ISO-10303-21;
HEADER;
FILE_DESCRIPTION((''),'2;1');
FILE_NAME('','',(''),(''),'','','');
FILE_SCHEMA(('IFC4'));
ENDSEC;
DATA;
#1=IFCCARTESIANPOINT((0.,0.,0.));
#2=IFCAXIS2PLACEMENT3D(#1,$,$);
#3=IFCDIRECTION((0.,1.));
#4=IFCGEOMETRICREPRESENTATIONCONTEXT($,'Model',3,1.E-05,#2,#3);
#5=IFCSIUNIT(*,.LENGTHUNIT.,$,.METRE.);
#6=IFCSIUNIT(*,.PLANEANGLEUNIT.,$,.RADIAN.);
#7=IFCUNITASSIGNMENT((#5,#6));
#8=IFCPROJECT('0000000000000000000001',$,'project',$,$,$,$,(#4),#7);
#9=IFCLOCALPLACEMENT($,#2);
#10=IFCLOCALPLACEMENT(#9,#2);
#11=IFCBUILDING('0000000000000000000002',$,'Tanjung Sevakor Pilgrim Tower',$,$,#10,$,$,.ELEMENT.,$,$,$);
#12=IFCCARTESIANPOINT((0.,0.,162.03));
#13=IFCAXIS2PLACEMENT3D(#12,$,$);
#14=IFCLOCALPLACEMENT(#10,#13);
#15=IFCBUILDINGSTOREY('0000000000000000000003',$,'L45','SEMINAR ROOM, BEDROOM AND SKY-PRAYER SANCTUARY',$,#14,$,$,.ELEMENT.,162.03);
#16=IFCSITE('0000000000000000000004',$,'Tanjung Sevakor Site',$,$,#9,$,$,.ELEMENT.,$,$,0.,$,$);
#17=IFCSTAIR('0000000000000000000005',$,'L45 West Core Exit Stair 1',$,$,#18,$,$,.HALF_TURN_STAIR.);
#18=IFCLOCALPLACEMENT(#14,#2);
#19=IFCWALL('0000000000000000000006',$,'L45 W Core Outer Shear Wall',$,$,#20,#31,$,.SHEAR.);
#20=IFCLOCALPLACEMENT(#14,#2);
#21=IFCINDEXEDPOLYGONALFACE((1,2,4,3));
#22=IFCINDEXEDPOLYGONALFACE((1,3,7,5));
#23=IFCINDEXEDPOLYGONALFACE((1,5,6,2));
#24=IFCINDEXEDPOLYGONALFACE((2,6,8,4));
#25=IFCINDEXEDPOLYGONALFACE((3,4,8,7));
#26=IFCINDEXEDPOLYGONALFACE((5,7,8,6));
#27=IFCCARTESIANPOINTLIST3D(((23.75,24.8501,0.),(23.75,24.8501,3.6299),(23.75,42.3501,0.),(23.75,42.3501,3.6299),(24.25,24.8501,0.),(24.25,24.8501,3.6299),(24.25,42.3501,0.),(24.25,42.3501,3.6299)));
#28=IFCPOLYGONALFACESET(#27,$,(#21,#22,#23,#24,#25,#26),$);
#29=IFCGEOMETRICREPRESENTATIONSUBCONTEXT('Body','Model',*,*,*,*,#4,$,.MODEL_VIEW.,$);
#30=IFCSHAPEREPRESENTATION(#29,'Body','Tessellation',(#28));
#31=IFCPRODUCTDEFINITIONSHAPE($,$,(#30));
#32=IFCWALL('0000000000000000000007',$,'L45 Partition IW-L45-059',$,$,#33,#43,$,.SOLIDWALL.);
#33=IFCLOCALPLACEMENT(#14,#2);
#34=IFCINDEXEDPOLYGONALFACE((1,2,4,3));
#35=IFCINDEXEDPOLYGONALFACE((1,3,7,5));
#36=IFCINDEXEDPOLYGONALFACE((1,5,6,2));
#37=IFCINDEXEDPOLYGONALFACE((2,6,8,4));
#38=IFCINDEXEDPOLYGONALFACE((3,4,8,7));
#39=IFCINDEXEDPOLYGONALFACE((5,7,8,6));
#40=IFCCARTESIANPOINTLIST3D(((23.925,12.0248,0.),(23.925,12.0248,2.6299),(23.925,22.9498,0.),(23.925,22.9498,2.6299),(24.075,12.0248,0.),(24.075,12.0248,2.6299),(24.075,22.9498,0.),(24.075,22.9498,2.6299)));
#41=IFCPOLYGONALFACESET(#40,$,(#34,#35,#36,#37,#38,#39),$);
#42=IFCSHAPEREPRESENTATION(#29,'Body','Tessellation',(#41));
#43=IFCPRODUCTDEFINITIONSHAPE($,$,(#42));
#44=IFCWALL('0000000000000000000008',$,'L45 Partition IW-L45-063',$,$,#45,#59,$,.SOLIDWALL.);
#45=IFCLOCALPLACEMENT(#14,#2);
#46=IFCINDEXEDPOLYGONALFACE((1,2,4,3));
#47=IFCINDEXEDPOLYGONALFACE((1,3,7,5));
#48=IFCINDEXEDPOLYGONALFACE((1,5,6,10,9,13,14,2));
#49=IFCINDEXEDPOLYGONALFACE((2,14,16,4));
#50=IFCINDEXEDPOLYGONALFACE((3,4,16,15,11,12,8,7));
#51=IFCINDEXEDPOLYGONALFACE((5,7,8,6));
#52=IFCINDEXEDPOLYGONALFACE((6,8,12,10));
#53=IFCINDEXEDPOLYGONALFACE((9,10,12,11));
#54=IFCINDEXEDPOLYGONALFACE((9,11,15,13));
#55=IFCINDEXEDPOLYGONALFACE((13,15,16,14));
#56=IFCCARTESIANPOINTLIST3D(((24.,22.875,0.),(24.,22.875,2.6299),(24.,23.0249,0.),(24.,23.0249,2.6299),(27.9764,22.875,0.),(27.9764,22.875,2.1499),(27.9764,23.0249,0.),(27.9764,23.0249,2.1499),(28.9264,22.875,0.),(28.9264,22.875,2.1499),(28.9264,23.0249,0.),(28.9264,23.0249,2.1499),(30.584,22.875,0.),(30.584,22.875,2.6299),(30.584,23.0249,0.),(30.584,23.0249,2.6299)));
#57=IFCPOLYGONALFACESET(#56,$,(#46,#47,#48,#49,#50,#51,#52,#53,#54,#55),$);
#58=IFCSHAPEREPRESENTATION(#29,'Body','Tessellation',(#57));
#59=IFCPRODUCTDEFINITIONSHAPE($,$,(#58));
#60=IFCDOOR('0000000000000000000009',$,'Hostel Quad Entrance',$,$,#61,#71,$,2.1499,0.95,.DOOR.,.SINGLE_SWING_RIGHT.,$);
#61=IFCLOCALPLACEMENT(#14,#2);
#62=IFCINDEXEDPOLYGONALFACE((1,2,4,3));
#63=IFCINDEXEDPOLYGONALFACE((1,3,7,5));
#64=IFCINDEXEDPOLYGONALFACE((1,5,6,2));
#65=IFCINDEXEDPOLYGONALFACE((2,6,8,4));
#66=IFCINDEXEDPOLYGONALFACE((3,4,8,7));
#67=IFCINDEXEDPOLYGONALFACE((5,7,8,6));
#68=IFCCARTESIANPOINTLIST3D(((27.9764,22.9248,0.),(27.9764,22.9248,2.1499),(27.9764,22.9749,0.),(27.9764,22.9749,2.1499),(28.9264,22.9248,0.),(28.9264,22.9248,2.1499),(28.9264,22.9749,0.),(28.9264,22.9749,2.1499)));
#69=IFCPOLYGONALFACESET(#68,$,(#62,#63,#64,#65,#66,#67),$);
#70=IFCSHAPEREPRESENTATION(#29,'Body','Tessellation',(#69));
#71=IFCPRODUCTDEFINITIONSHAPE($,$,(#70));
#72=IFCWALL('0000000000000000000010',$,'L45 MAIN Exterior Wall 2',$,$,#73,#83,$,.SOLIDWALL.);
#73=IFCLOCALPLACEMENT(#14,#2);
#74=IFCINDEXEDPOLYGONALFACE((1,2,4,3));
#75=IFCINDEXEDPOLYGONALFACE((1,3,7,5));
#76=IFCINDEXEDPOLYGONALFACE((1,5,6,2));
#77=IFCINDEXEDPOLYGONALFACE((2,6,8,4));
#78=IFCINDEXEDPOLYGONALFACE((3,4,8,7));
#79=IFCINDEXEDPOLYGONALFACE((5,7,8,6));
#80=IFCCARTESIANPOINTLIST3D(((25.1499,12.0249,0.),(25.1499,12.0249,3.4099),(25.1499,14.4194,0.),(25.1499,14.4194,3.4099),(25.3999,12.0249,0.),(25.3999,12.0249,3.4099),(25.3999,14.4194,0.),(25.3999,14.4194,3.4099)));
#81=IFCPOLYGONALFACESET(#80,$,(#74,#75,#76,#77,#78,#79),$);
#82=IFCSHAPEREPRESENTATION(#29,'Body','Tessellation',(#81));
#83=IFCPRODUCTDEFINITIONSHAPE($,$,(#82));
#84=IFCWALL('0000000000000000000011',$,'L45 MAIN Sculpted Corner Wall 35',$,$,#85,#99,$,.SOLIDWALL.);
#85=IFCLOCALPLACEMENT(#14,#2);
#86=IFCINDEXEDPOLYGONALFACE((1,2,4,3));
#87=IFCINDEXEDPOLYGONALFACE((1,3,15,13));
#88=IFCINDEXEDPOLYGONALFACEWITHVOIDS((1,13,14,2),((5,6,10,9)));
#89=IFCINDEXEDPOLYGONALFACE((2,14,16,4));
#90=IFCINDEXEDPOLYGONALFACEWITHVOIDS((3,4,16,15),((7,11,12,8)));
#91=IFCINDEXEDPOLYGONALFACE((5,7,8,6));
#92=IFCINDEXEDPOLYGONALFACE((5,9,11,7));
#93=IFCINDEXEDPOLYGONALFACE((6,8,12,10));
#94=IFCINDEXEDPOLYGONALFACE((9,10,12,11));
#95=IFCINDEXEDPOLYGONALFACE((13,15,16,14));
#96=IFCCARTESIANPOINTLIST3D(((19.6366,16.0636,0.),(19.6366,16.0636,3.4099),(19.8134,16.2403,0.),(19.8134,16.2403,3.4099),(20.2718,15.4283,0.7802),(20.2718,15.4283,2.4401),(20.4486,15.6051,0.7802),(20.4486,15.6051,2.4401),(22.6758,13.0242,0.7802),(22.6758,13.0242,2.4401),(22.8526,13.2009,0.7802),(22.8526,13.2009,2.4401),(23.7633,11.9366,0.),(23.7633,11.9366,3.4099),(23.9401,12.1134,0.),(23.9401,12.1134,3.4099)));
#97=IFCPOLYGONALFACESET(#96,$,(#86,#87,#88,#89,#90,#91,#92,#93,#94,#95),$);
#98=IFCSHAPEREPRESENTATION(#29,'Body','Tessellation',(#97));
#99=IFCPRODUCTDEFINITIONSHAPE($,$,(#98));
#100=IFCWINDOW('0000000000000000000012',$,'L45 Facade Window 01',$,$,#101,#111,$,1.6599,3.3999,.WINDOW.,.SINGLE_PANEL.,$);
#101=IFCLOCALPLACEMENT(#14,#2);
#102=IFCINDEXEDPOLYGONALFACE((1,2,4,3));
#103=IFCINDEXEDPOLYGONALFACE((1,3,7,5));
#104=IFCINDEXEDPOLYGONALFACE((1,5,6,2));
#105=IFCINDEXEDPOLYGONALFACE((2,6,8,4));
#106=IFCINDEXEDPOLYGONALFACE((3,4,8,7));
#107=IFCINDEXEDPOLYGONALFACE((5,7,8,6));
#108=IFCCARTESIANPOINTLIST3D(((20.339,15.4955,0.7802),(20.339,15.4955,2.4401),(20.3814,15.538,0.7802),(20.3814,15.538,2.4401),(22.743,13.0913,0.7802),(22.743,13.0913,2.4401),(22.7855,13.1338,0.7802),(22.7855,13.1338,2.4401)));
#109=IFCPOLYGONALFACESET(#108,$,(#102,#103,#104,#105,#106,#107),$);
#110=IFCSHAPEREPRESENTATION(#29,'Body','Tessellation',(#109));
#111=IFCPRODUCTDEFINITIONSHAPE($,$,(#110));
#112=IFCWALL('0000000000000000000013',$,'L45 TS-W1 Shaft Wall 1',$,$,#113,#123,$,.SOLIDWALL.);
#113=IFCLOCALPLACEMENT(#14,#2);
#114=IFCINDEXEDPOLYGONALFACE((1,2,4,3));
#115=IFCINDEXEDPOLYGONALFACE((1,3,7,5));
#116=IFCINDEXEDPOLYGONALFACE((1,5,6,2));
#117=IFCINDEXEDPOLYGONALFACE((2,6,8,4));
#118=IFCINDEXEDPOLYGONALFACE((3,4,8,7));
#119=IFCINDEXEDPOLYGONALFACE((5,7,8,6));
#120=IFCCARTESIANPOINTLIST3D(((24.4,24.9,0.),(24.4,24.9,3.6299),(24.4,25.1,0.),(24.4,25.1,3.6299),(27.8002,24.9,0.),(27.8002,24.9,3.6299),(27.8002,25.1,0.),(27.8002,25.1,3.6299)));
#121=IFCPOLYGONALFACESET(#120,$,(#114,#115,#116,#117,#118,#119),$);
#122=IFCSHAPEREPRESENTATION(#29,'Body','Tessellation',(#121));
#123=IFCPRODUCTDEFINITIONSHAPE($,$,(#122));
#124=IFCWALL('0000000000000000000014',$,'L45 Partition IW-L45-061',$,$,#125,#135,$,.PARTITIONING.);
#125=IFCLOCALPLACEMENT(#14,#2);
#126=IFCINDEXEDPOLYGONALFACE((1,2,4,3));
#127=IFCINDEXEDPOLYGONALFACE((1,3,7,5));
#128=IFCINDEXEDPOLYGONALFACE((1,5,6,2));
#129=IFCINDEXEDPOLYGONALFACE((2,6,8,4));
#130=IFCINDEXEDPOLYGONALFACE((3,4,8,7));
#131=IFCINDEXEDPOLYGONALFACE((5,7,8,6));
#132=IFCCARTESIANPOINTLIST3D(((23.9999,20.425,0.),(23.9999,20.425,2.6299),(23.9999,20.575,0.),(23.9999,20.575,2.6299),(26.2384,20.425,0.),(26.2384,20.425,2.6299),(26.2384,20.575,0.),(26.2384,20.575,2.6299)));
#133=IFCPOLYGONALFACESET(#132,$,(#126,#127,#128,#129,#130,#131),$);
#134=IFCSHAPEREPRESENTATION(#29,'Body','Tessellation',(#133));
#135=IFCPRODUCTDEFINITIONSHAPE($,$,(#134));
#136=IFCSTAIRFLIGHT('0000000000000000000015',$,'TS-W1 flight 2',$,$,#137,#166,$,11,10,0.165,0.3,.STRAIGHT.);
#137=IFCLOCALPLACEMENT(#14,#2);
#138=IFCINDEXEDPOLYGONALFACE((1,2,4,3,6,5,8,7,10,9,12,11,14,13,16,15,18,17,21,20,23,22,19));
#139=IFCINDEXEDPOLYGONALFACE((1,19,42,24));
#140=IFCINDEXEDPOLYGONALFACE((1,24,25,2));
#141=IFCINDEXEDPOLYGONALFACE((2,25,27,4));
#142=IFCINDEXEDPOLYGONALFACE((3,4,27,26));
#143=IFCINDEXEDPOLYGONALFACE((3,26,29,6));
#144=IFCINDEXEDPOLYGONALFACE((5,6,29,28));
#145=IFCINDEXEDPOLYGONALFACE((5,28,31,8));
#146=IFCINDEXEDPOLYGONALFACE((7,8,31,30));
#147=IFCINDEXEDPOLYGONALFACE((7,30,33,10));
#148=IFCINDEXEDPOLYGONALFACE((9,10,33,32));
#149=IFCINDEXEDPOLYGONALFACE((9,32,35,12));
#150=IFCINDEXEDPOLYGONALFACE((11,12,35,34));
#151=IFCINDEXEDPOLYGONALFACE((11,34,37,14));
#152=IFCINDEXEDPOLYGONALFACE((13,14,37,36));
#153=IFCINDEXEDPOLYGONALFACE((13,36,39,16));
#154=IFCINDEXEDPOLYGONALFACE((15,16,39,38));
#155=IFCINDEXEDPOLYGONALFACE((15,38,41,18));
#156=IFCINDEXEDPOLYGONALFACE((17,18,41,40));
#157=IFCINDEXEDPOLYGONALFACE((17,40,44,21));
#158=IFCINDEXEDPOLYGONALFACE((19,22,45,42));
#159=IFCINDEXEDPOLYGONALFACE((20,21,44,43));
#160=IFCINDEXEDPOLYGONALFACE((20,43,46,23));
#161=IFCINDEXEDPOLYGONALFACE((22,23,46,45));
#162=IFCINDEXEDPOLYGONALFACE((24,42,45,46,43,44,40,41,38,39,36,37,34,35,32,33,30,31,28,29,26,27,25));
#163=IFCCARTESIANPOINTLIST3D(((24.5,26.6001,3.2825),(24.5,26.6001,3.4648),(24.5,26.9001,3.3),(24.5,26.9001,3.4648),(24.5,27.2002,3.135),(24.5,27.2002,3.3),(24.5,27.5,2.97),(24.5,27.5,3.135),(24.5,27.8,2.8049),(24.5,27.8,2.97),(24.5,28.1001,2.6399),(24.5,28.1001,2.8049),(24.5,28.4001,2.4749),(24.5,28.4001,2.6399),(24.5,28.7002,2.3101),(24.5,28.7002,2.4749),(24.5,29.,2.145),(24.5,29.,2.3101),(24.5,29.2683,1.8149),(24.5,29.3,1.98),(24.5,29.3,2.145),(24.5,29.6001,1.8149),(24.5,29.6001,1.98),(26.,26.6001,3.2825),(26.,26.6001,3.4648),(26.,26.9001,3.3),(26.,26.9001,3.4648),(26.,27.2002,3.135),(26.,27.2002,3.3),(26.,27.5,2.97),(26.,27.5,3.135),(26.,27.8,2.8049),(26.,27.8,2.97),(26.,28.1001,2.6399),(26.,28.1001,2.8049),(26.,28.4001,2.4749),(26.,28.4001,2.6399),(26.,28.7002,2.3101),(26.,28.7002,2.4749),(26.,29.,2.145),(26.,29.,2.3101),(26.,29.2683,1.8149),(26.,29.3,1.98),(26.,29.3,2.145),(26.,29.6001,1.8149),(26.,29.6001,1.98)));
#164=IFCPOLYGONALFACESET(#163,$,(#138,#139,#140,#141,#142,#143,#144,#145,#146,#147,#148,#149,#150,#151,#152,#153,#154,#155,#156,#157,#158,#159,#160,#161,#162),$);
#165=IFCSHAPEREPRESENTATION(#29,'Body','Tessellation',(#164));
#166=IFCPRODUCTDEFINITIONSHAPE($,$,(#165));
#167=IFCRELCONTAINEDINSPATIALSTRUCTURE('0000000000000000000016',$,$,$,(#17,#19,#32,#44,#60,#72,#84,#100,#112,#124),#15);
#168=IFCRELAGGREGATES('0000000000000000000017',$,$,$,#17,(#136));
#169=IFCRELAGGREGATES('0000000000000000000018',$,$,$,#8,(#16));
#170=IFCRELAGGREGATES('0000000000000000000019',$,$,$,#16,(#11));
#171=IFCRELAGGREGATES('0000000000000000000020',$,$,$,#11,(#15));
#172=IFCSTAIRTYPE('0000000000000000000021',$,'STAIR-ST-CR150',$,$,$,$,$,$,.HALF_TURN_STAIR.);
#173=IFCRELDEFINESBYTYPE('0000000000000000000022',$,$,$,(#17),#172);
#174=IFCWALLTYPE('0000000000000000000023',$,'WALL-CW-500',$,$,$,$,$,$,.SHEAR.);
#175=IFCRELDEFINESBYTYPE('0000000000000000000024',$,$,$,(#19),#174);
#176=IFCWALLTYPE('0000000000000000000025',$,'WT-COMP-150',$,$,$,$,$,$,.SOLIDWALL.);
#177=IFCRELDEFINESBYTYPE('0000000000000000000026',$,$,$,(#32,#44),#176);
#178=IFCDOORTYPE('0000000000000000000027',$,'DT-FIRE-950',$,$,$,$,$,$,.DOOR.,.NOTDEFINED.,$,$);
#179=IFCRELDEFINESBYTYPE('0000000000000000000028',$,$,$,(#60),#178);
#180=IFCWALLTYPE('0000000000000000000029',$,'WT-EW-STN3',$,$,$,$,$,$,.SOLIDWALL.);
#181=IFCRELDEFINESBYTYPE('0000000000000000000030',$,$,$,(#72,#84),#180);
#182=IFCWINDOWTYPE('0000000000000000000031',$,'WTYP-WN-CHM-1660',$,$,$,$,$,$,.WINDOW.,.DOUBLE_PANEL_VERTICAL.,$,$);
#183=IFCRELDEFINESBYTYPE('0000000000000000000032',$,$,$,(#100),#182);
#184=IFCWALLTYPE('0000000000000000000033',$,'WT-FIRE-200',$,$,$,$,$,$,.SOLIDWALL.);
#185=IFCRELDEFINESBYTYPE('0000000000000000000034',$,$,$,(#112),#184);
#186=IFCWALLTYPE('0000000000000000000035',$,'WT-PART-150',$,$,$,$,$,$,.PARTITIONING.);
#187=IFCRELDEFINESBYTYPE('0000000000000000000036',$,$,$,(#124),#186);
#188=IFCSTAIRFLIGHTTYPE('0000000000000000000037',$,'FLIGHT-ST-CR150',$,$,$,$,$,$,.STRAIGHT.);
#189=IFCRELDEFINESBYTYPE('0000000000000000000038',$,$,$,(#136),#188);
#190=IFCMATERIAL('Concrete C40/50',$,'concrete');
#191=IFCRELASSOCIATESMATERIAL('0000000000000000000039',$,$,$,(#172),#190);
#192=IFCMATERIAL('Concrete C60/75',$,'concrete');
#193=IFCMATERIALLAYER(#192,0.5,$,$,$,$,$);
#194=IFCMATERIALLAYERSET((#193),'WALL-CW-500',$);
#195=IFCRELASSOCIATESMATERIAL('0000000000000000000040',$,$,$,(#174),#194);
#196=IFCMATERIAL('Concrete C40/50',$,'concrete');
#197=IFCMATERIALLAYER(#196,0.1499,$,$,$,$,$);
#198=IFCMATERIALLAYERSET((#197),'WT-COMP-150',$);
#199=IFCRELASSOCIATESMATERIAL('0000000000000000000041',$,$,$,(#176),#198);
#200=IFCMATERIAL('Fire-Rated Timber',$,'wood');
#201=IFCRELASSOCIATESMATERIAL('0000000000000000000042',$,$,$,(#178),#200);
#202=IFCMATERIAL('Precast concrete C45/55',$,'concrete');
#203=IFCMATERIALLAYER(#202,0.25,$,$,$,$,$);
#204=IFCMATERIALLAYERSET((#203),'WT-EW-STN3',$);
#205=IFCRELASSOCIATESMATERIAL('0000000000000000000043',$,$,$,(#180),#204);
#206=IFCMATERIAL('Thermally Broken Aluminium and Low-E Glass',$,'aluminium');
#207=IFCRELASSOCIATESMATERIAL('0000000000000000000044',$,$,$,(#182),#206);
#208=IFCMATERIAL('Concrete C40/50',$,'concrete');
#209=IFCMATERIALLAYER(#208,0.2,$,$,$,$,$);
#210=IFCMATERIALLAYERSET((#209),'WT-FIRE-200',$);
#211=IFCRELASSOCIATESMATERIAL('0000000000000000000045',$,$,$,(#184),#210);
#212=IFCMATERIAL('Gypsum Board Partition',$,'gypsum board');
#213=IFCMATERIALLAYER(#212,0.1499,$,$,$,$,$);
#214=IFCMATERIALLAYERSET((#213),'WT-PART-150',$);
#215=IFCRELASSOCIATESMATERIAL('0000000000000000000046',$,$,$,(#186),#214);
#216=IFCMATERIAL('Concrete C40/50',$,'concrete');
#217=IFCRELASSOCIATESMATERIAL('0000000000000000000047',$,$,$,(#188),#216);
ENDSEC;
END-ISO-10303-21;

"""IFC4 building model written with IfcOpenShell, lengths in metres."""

from ifc_helpers import new_model, si_unit, direction, frame, frame_2d, origin, place, context, subcontext, project, spatial, polyline, rectangle, outline, extrude, material, layer, layer_set, type_object, element, fill, aggregate, save


model = new_model("IFC4")

# Units and contexts
model_context = context("Model", 3, precision=1e-05, world=origin(), true_north=direction((0.0, 1.0)))
body_context = subcontext(model_context, "Body", "Model", "MODEL_VIEW")
ifc_project = project(units=[si_unit("LENGTHUNIT", "METRE"), si_unit("PLANEANGLEUNIT", "RADIAN")], contexts=[model_context])

# Site, building, storey
site_placement = place(None, origin())
site = spatial("IfcSite", under=ifc_project, at=site_placement, Name="Tanjung Sevakor Site", CompositionType="ELEMENT", RefElevation=0.0)
building_placement = place(site_placement, origin())
building = spatial("IfcBuilding", under=site, at=building_placement, Name="Tanjung Sevakor Pilgrim Tower", CompositionType="ELEMENT")
storey_placement = place(building_placement, frame((0.0, 0.0, 162.03)))
storey = spatial("IfcBuildingStorey", under=building, at=storey_placement, Name="L45", Description="SEMINAR ROOM, BEDROOM AND SKY-PRAYER SANCTUARY", CompositionType="ELEMENT", Elevation=162.03)

# Stair
ifc_material_1 = material(Name="Concrete C40/50", Category="concrete")
stair_type = type_object("IfcStairType", Name="STAIR-ST-CR150", PredefinedType="HALF_TURN_STAIR", material=ifc_material_1)
stair_1_placement = place(storey_placement, origin())
stair_1 = element("IfcStair", 1, at=stair_1_placement, inside=storey, type_object=stair_type, Name="L45 West Core Exit Stair 1", PredefinedType="HALF_TURN_STAIR")

# Walls
ifc_material_2 = material(Name="Concrete C60/75", Category="concrete")
ifc_layer_1 = layer(ifc_material_2, 0.5)
ifc_layer_set_1 = layer_set([ifc_layer_1], Name="WALL-CW-500")
wall_type_1 = type_object("IfcWallType", Name="WALL-CW-500", PredefinedType="SHEAR", material=ifc_layer_set_1)
wall_1_placement = place(storey_placement, frame((24.0, 24.8501, 0.0), z_axis=(0.0, 0.0, 1.0), x_axis=(0.0, 1.0, 0.0)))
element("IfcWall", 2, at=wall_1_placement, inside=storey, type_object=wall_type_1, Name="L45 W Core Outer Shear Wall", PredefinedType="SHEAR", context=body_context, shape_type="SweptSolid", body=[
    extrude(rectangle(XDim=17.5, YDim=0.5, at=frame_2d((8.75, 0.0))), origin(), (0.0, 0.0, 1.0), 3.6299),
])
ifc_material_3 = material(Name="Concrete C40/50", Category="concrete")
ifc_layer_2 = layer(ifc_material_3, 0.1499)
ifc_layer_set_2 = layer_set([ifc_layer_2], Name="WT-COMP-150")
wall_type_2 = type_object("IfcWallType", Name="WT-COMP-150", PredefinedType="SOLIDWALL", material=ifc_layer_set_2)
wall_2_placement = place(storey_placement, frame((24.0, 12.0249, 0.0), z_axis=(0.0, 0.0, 1.0), x_axis=(0.0, 1.0, 0.0)))
element("IfcWall", 3, at=wall_2_placement, inside=storey, type_object=wall_type_2, Name="L45 Partition IW-L45-059", PredefinedType="SOLIDWALL", context=body_context, shape_type="SweptSolid", body=[
    extrude(rectangle(XDim=10.925, YDim=0.1499, at=frame_2d((5.4624, 0.0))), origin(), (0.0, 0.0, 1.0), 2.6299),
])

# Wall, opening, door
wall_3_placement = place(storey_placement, frame((24.0, 22.95, 0.0), z_axis=(0.0, 0.0, 1.0), x_axis=(1.0, 0.0, 0.0)))
wall_3 = element("IfcWall", 4, at=wall_3_placement, inside=storey, type_object=wall_type_2, Name="L45 Partition IW-L45-063", PredefinedType="SOLIDWALL", context=body_context, shape_type="SweptSolid", body=[
    extrude(rectangle(XDim=6.584, YDim=0.1499, at=frame_2d((3.292, 0.0))), origin(), (0.0, 0.0, 1.0), 2.6299),
])
opening_1_placement = place(wall_3_placement, frame((3.9763, 0.0, 0.0)))
opening_1 = element("IfcOpeningElement", 5, at=opening_1_placement, cuts=wall_3, PredefinedType="OPENING", context=body_context, shape_type="SweptSolid", body=[
    extrude(rectangle(XDim=0.95, YDim=2.1499, at=frame_2d((0.4751, 1.075))), frame((0.0, 0.085, 0.0), z_axis=(0.0, -1.0, 0.0), x_axis=(1.0, 0.0, 0.0)), (0.0, 0.0, 1.0), 0.1699),
])
ifc_material_4 = material(Name="Fire-Rated Timber", Category="wood")
door_type = type_object("IfcDoorType", Name="DT-FIRE-950", OperationType="NOTDEFINED", PredefinedType="DOOR", material=ifc_material_4)
door_placement = place(opening_1_placement, origin())
door = element("IfcDoor", 6, at=door_placement, inside=storey, type_object=door_type, Name="Hostel Quad Entrance", OperationType="SINGLE_SWING_RIGHT", OverallHeight=2.1499, OverallWidth=0.95, PredefinedType="DOOR", context=body_context, shape_type="SweptSolid", body=[
    extrude(rectangle(XDim=0.95, YDim=2.1499, at=frame_2d((0.4751, 1.075))), frame((0.0, 0.0249, 0.0), z_axis=(0.0, -1.0, 0.0), x_axis=(1.0, 0.0, 0.0)), (0.0, 0.0, 1.0), 0.05),
])
fill(opening_1, door)

# Wall
ifc_material_5 = material(Name="Precast concrete C45/55", Category="concrete")
ifc_layer_3 = layer(ifc_material_5, 0.25)
ifc_layer_set_3 = layer_set([ifc_layer_3], Name="WT-EW-STN3")
wall_type_3 = type_object("IfcWallType", Name="WT-EW-STN3", PredefinedType="SOLIDWALL", material=ifc_layer_set_3)
wall_4_placement = place(storey_placement, frame((25.2749, 12.0249, 0.0), z_axis=(0.0, 0.0, 1.0), x_axis=(0.0, 1.0, 0.0)))
element("IfcWall", 7, at=wall_4_placement, inside=storey, type_object=wall_type_3, Name="L45 MAIN Exterior Wall 2", PredefinedType="SOLIDWALL", context=body_context, shape_type="SweptSolid", body=[
    extrude(rectangle(XDim=2.3945, YDim=0.25, at=frame_2d((1.1973, 0.0))), origin(), (0.0, 0.0, 1.0), 3.4099),
])

# Wall, opening, window
wall_5_placement = place(storey_placement, frame((19.7251, 16.1519, 0.0), z_axis=(0.0, 0.0, 1.0), x_axis=(0.707086, -0.707128, 0.0)))
wall_5 = element("IfcWall", 8, at=wall_5_placement, inside=storey, type_object=wall_type_3, Name="L45 MAIN Sculpted Corner Wall 35", PredefinedType="SOLIDWALL", context=body_context, shape_type="SweptSolid", body=[
    extrude(rectangle(XDim=5.8362, YDim=0.25, at=frame_2d((2.918, 0.0))), origin(), (0.0, 0.0, 1.0), 3.4099),
])
opening_2_placement = place(wall_5_placement, frame((0.8982, 0.0, 0.78)))
opening_2 = element("IfcOpeningElement", 9, at=opening_2_placement, cuts=wall_5, PredefinedType="OPENING", context=body_context, shape_type="SweptSolid", body=[
    extrude(rectangle(XDim=3.3999, YDim=1.6599, at=frame_2d((1.7, 0.8301))), frame((0.0, 0.135, 0.0), z_axis=(0.0, -1.0, 0.0), x_axis=(1.0, 0.0, 0.0)), (0.0, 0.0, 1.0), 0.27),
])
ifc_material_6 = material(Name="Thermally Broken Aluminium and Low-E Glass", Category="aluminium")
window_type = type_object("IfcWindowType", Name="WTYP-WN-CHM-1660", PartitioningType="DOUBLE_PANEL_VERTICAL", PredefinedType="WINDOW", material=ifc_material_6)
window_placement = place(opening_2_placement, origin())
window = element("IfcWindow", 10, at=window_placement, inside=storey, type_object=window_type, Name="L45 Facade Window 01", OverallHeight=1.6599, OverallWidth=3.3999, PartitioningType="SINGLE_PANEL", PredefinedType="WINDOW", context=body_context, shape_type="SweptSolid", body=[
    extrude(rectangle(XDim=3.3999, YDim=1.6599, at=frame_2d((1.7, 0.8301))), frame((0.0, 0.03, 0.0), z_axis=(0.0, -1.0, 0.0), x_axis=(1.0, 0.0, 0.0)), (0.0, 0.0, 1.0), 0.0601),
])
fill(opening_2, window)

# Walls
ifc_material_7 = material(Name="Concrete C40/50", Category="concrete")
ifc_layer_4 = layer(ifc_material_7, 0.2)
ifc_layer_set_4 = layer_set([ifc_layer_4], Name="WT-FIRE-200")
wall_type_4 = type_object("IfcWallType", Name="WT-FIRE-200", PredefinedType="SOLIDWALL", material=ifc_layer_set_4)
wall_6_placement = place(storey_placement, frame((24.3999, 25.0, 0.0), z_axis=(0.0, 0.0, 1.0), x_axis=(1.0, 0.0, 0.0)))
element("IfcWall", 11, at=wall_6_placement, inside=storey, type_object=wall_type_4, Name="L45 TS-W1 Shaft Wall 1", PredefinedType="SOLIDWALL", context=body_context, shape_type="SweptSolid", body=[
    extrude(rectangle(XDim=3.4001, YDim=0.2, at=frame_2d((1.7002, 0.0))), origin(), (0.0, 0.0, 1.0), 3.6299),
])
ifc_material_8 = material(Name="Gypsum Board Partition", Category="gypsum board")
ifc_layer_5 = layer(ifc_material_8, 0.1499)
ifc_layer_set_5 = layer_set([ifc_layer_5], Name="WT-PART-150")
wall_type_5 = type_object("IfcWallType", Name="WT-PART-150", PredefinedType="PARTITIONING", material=ifc_layer_set_5)
wall_7_placement = place(storey_placement, frame((24.0, 20.5, 0.0), z_axis=(0.0, 0.0, 1.0), x_axis=(1.0, 0.0, 0.0)))
element("IfcWall", 12, at=wall_7_placement, inside=storey, type_object=wall_type_5, Name="L45 Partition IW-L45-061", PredefinedType="PARTITIONING", context=body_context, shape_type="SweptSolid", body=[
    extrude(rectangle(XDim=2.2385, YDim=0.1499, at=frame_2d((1.1191, 0.0))), origin(), (0.0, 0.0, 1.0), 2.6299),
])

# Stair flight
ifc_material_9 = material(Name="Concrete C40/50", Category="concrete")
stair_flight_type = type_object("IfcStairFlightType", Name="FLIGHT-ST-CR150", PredefinedType="STRAIGHT", material=ifc_material_9)
stair_flight_placement = place(storey_placement, frame((25.25, 29.6001, 1.8149), z_axis=(0.0, 0.0, 1.0), x_axis=(0.0, -1.0, 0.0)))
stair_flight = element("IfcStairFlight", 13, at=stair_flight_placement, type_object=stair_flight_type, Name="TS-W1 flight 2", NumberOfRisers=11, NumberOfTreads=10, PredefinedType="STRAIGHT", RiserHeight=0.165, TreadLength=0.3, context=body_context, shape_type="SweptSolid", body=[
    extrude(outline(polyline([(0.0, 0.0), (0.0, 0.165), (0.3, 0.165), (0.3, 0.3301), (0.6001, 0.3301), (0.6001, 0.4951), (0.8999, 0.4951), (0.8999, 0.6599), (1.2, 0.6599), (1.2, 0.825), (1.5, 0.825), (1.5, 0.99), (1.8, 0.99), (1.8, 1.155), (2.1001, 1.155), (2.1001, 1.3201), (2.3999, 1.3201), (2.3999, 1.4851), (2.7, 1.4851), (2.7, 1.6499), (3.0, 1.6499), (3.0, 1.8149), (3.0, 1.4675), (0.3318, 0.0), (0.0, 0.0)])), frame((0.0, 0.75, 0.0), z_axis=(0.0, -1.0, 0.0), x_axis=(1.0, 0.0, 0.0)), (0.0, 0.0, 1.0), 1.5),
])
aggregate(stair_1, [stair_flight])

save(model, "model.ifc")
